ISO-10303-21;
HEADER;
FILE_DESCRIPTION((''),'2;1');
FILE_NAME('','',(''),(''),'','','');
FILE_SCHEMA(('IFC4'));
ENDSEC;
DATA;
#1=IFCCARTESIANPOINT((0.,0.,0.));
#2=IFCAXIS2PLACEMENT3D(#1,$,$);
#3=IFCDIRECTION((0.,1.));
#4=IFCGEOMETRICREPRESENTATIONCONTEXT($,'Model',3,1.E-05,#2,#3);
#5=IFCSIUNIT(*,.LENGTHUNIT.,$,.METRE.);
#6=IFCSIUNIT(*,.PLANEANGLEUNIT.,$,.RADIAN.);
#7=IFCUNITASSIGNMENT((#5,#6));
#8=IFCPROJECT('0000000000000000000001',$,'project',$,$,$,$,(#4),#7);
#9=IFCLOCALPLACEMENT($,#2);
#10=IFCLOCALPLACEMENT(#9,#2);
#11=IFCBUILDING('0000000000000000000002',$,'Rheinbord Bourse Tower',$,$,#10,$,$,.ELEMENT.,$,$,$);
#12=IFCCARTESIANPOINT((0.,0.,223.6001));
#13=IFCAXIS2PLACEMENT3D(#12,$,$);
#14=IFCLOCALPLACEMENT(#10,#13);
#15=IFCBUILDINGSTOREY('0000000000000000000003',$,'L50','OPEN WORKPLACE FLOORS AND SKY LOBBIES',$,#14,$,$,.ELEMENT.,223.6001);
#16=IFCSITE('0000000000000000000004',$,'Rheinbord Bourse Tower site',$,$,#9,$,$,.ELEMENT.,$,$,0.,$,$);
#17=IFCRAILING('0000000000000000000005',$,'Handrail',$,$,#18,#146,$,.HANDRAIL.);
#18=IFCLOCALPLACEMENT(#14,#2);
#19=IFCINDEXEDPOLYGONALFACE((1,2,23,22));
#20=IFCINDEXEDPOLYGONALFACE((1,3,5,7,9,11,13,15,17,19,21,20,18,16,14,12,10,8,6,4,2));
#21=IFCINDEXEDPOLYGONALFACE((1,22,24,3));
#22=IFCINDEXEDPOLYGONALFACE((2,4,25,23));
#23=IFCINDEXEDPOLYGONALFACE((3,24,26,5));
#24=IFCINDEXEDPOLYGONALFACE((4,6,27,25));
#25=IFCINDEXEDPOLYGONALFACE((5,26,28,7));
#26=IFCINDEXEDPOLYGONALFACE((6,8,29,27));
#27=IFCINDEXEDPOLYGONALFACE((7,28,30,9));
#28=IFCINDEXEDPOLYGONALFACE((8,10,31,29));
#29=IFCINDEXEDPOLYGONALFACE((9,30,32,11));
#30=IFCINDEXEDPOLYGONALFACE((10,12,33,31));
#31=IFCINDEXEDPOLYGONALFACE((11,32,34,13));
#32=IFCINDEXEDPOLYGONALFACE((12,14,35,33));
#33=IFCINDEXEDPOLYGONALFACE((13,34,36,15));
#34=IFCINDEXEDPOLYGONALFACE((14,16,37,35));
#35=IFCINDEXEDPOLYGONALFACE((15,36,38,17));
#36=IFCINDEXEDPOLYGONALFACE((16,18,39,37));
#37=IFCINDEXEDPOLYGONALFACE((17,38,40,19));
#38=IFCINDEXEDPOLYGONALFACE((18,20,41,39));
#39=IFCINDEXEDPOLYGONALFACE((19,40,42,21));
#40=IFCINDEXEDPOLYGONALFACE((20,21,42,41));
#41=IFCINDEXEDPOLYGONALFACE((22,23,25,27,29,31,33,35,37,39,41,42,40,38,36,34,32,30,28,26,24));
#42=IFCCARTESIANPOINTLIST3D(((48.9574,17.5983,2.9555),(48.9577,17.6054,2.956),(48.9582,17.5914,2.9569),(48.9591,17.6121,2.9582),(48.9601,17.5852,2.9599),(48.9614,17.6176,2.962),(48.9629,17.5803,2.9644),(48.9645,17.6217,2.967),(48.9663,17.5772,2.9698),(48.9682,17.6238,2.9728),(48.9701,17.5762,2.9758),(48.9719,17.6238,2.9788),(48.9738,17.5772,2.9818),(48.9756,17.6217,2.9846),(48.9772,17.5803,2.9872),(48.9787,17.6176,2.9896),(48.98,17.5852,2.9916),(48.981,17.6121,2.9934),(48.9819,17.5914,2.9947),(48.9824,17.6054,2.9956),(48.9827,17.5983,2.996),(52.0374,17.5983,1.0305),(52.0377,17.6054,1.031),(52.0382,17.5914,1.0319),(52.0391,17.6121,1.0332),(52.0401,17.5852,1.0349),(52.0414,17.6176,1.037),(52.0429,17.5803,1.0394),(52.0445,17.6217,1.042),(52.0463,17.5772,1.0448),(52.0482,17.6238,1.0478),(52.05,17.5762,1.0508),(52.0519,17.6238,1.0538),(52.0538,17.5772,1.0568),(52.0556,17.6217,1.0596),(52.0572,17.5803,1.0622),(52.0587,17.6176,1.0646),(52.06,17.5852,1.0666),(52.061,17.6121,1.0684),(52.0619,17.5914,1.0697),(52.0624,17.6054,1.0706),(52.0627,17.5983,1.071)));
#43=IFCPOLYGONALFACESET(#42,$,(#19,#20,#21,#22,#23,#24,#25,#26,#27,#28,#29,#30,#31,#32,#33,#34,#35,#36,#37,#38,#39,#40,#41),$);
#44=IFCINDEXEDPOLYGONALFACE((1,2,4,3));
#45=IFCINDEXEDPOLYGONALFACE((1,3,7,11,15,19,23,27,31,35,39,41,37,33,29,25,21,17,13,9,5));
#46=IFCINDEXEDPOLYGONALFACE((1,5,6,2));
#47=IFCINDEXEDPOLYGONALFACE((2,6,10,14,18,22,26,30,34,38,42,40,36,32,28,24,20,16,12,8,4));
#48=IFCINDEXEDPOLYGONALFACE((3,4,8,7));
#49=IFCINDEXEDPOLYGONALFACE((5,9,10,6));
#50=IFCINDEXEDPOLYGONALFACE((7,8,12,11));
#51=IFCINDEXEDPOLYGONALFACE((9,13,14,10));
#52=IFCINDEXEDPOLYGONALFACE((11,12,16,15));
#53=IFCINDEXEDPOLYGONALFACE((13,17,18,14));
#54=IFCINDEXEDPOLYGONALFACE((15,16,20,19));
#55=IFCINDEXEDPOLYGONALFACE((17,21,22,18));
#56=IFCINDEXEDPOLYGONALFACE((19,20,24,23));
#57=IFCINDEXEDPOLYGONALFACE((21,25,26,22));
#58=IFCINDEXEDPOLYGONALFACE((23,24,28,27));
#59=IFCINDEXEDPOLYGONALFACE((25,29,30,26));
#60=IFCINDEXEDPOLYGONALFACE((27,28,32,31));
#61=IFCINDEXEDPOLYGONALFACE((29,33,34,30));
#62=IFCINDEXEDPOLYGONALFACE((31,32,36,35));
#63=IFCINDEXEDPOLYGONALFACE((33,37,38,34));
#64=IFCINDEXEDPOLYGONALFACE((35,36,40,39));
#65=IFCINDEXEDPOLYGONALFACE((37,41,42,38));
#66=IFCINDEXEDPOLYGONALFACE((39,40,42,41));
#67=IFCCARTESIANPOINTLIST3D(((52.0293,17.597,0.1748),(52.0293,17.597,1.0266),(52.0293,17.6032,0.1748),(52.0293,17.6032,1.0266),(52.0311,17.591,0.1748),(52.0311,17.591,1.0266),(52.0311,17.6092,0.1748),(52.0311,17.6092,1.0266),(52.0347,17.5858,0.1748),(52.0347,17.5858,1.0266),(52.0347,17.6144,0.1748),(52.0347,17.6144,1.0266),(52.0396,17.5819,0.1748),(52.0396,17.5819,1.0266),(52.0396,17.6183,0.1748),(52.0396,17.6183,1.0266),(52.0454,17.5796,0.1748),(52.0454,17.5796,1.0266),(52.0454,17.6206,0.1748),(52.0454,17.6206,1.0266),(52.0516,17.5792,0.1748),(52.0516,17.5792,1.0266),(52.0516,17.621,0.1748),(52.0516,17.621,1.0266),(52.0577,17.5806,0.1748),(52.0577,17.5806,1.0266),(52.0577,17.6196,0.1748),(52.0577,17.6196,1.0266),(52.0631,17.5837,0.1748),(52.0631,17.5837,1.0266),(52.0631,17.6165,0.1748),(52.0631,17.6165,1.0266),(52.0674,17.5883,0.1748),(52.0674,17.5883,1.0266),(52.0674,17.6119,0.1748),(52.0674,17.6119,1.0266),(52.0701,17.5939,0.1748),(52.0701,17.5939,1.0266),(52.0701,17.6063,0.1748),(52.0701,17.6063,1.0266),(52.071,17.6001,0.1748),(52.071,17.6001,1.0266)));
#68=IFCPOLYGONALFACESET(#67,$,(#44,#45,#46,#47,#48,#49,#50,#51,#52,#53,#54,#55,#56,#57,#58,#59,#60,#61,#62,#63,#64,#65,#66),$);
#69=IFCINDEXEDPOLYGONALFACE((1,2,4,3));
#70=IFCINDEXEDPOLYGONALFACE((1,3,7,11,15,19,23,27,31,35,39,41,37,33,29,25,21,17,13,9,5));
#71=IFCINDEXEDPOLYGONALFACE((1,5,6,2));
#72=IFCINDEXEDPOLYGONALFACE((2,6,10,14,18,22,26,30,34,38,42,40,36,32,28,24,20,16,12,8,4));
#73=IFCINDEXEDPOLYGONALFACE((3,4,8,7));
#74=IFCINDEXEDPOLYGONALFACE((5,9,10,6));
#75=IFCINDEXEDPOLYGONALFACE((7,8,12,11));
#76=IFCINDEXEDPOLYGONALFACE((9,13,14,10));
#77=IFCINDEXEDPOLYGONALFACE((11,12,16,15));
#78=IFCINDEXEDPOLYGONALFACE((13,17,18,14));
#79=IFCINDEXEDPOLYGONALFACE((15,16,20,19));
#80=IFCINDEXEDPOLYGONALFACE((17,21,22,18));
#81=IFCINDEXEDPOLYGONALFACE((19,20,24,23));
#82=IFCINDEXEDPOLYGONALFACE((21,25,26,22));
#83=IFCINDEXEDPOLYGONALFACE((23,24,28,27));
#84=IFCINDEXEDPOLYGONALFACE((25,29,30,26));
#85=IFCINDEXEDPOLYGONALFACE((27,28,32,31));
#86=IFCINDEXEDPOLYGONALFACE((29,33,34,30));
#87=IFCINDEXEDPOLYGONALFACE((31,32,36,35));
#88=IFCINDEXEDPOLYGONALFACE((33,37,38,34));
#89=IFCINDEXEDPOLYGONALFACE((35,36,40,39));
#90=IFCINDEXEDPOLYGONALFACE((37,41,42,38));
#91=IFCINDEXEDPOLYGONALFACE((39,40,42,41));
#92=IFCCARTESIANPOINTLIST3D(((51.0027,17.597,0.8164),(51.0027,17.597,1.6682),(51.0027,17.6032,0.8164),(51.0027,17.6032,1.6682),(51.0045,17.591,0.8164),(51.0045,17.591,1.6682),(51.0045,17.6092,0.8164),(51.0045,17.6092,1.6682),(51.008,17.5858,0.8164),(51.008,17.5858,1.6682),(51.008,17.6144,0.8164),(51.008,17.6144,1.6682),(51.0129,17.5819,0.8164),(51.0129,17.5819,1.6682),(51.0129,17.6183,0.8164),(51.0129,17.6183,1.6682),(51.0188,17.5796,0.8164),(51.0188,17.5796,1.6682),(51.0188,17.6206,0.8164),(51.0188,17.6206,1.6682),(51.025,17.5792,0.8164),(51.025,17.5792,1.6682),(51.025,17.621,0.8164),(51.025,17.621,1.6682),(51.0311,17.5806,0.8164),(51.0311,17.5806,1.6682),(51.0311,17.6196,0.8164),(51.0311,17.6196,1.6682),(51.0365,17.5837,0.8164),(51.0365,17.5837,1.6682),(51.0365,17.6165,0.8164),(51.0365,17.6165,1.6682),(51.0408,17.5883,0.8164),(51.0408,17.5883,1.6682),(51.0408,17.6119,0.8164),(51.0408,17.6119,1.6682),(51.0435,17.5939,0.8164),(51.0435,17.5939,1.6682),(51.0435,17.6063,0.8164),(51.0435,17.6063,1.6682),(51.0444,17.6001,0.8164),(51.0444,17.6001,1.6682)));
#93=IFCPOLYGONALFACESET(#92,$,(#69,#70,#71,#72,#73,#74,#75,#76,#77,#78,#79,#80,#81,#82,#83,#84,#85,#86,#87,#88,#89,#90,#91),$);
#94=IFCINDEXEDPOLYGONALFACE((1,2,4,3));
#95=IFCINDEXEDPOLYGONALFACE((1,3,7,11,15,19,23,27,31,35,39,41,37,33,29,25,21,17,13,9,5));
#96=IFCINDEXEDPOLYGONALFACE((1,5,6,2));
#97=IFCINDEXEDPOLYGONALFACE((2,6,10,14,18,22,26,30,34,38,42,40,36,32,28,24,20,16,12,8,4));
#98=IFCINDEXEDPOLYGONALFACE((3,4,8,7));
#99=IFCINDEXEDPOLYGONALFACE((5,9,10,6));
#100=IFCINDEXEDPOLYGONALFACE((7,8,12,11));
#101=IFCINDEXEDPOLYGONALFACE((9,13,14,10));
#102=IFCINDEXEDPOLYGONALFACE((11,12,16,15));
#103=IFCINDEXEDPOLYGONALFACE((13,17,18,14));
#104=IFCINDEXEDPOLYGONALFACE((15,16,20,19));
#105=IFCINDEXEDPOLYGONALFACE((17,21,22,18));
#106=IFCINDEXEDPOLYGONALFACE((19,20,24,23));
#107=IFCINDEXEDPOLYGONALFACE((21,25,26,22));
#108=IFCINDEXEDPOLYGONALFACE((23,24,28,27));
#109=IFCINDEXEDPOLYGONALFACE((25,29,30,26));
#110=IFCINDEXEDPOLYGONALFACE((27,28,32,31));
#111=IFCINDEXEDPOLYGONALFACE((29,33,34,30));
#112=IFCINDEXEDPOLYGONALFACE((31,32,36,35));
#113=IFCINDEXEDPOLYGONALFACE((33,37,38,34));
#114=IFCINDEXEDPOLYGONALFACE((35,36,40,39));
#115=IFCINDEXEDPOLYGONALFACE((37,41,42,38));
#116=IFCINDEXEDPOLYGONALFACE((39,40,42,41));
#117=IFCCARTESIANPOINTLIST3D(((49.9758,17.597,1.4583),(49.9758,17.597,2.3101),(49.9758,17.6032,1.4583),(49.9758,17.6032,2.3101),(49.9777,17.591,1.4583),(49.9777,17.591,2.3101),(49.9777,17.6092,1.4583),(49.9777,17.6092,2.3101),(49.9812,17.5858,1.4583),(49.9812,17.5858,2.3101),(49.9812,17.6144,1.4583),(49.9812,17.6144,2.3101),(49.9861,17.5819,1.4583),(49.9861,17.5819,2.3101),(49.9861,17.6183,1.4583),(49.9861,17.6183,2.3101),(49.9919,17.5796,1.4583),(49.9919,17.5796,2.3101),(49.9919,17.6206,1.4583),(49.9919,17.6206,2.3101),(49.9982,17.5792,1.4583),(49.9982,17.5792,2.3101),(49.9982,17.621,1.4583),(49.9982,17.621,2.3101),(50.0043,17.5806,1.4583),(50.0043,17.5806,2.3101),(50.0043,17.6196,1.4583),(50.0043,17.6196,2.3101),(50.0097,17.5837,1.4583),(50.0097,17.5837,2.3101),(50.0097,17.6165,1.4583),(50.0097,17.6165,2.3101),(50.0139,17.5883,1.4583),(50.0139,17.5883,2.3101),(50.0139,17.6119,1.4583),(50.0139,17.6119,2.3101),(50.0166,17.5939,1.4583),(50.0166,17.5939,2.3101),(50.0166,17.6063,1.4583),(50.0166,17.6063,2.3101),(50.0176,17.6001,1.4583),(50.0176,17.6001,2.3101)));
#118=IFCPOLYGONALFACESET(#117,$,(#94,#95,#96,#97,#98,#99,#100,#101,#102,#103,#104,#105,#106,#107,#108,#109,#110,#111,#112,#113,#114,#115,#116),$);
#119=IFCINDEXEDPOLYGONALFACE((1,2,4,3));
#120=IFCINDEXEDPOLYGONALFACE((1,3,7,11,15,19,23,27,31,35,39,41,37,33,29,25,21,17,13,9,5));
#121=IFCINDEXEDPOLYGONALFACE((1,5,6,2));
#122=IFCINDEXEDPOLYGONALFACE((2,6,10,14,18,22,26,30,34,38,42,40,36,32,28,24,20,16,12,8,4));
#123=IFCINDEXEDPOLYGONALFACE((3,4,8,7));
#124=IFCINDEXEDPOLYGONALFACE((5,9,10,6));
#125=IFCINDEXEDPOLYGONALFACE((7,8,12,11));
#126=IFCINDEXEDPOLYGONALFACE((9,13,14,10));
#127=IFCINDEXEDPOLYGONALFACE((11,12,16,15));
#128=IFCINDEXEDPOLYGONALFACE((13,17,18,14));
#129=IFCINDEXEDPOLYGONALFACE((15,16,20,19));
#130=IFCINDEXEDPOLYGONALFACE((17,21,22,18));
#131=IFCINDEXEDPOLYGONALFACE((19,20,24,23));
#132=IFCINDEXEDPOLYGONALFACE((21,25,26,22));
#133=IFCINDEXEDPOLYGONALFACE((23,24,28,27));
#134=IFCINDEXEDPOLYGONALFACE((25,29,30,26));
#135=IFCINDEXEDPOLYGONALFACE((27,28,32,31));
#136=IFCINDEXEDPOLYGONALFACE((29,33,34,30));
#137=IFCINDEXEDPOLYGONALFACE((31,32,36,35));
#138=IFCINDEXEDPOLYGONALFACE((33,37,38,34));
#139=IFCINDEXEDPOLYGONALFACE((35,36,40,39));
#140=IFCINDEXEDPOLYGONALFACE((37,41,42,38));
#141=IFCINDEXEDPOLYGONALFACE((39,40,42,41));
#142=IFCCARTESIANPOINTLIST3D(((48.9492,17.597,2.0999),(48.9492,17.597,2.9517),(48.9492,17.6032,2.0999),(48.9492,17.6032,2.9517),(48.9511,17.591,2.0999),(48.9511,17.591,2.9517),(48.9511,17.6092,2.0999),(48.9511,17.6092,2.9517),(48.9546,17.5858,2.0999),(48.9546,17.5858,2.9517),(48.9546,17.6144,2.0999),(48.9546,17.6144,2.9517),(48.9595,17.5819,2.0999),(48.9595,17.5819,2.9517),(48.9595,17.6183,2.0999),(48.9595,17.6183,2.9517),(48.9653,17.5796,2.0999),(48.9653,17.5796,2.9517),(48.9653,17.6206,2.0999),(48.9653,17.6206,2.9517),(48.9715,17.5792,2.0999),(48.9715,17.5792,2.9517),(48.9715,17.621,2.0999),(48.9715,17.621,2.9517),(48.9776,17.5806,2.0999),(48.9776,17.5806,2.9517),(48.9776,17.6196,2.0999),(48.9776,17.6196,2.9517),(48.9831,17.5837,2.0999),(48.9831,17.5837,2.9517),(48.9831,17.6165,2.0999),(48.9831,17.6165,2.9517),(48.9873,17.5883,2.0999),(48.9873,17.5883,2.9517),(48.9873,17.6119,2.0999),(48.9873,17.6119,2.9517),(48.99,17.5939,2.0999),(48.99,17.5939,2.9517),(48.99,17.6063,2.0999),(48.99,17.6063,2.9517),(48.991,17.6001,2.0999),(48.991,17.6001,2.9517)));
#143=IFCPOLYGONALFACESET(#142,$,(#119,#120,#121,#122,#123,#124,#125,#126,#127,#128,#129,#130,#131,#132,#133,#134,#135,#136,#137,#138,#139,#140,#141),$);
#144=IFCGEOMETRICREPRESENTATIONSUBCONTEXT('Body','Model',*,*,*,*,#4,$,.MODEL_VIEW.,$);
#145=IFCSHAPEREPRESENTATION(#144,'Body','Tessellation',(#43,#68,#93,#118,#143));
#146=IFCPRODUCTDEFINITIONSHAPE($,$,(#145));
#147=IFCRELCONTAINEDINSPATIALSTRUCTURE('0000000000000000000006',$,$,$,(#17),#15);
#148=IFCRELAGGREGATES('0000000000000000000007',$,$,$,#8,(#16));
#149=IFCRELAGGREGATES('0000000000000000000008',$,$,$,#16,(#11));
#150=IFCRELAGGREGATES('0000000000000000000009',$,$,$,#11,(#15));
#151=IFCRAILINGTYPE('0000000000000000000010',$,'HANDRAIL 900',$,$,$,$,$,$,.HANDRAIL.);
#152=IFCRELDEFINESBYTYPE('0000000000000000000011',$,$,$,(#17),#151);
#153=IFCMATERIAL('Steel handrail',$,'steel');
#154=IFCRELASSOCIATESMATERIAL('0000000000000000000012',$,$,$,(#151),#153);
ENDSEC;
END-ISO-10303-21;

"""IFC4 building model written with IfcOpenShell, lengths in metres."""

from ifc_helpers import new_model, si_unit, direction, frame, origin, origin_2d, place, context, subcontext, project, spatial, circle, extrude, material, type_object, element, save


model = new_model("IFC4")

# Units and contexts
model_context = context("Model", 3, precision=1e-05, world=origin(), true_north=direction((0.0, 1.0)))
body_context = subcontext(model_context, "Body", "Model", "MODEL_VIEW")
ifc_project = project(units=[si_unit("LENGTHUNIT", "METRE"), si_unit("PLANEANGLEUNIT", "RADIAN")], contexts=[model_context])

# Site, building, storey
site_placement = place(None, origin())
site = spatial("IfcSite", under=ifc_project, at=site_placement, Name="Rheinbord Bourse Tower site", CompositionType="ELEMENT", RefElevation=0.0)
building_placement = place(site_placement, origin())
building = spatial("IfcBuilding", under=site, at=building_placement, Name="Rheinbord Bourse Tower", CompositionType="ELEMENT")
storey_placement = place(building_placement, frame((0.0, 0.0, 223.6001)))
storey = spatial("IfcBuildingStorey", under=building, at=storey_placement, Name="L50", Description="OPEN WORKPLACE FLOORS AND SKY LOBBIES", CompositionType="ELEMENT", Elevation=223.6001)

# Railing
ifc_material_1 = material(Name="Steel handrail", Category="steel")
railing_type = type_object("IfcRailingType", Name="HANDRAIL 900", PredefinedType="HANDRAIL", material=ifc_material_1)
railing_1_placement = place(storey_placement, frame((52.05, 17.6001, 0.1748)))
element("IfcRailing", 1, at=railing_1_placement, inside=storey, type_object=railing_type, Name="Handrail", PredefinedType="HANDRAIL", context=body_context, shape_type="SweptSolid", body=[
    extrude(circle(Radius=0.0239, at=origin_2d()), frame((0.0, 0.0, 0.876), z_axis=(-0.847998, 0.0, 0.529999), x_axis=(0.0, -1.0, 0.0)), (0.0, 0.0, 1.0), 3.6321),
    extrude(circle(Radius=0.021, at=origin_2d()), origin(), (0.0, 0.0, 1.0), 0.8518),
    extrude(circle(Radius=0.021, at=origin_2d()), frame((-1.0266, 0.0, 0.6416)), (0.0, 0.0, 1.0), 0.8518),
    extrude(circle(Radius=0.021, at=origin_2d()), frame((-2.0535, 0.0, 1.2834)), (0.0, 0.0, 1.0), 0.8518),
    extrude(circle(Radius=0.021, at=origin_2d()), frame((-3.0801, 0.0, 1.925)), (0.0, 0.0, 1.0), 0.8518),
])

save(model, "model.ifc")
